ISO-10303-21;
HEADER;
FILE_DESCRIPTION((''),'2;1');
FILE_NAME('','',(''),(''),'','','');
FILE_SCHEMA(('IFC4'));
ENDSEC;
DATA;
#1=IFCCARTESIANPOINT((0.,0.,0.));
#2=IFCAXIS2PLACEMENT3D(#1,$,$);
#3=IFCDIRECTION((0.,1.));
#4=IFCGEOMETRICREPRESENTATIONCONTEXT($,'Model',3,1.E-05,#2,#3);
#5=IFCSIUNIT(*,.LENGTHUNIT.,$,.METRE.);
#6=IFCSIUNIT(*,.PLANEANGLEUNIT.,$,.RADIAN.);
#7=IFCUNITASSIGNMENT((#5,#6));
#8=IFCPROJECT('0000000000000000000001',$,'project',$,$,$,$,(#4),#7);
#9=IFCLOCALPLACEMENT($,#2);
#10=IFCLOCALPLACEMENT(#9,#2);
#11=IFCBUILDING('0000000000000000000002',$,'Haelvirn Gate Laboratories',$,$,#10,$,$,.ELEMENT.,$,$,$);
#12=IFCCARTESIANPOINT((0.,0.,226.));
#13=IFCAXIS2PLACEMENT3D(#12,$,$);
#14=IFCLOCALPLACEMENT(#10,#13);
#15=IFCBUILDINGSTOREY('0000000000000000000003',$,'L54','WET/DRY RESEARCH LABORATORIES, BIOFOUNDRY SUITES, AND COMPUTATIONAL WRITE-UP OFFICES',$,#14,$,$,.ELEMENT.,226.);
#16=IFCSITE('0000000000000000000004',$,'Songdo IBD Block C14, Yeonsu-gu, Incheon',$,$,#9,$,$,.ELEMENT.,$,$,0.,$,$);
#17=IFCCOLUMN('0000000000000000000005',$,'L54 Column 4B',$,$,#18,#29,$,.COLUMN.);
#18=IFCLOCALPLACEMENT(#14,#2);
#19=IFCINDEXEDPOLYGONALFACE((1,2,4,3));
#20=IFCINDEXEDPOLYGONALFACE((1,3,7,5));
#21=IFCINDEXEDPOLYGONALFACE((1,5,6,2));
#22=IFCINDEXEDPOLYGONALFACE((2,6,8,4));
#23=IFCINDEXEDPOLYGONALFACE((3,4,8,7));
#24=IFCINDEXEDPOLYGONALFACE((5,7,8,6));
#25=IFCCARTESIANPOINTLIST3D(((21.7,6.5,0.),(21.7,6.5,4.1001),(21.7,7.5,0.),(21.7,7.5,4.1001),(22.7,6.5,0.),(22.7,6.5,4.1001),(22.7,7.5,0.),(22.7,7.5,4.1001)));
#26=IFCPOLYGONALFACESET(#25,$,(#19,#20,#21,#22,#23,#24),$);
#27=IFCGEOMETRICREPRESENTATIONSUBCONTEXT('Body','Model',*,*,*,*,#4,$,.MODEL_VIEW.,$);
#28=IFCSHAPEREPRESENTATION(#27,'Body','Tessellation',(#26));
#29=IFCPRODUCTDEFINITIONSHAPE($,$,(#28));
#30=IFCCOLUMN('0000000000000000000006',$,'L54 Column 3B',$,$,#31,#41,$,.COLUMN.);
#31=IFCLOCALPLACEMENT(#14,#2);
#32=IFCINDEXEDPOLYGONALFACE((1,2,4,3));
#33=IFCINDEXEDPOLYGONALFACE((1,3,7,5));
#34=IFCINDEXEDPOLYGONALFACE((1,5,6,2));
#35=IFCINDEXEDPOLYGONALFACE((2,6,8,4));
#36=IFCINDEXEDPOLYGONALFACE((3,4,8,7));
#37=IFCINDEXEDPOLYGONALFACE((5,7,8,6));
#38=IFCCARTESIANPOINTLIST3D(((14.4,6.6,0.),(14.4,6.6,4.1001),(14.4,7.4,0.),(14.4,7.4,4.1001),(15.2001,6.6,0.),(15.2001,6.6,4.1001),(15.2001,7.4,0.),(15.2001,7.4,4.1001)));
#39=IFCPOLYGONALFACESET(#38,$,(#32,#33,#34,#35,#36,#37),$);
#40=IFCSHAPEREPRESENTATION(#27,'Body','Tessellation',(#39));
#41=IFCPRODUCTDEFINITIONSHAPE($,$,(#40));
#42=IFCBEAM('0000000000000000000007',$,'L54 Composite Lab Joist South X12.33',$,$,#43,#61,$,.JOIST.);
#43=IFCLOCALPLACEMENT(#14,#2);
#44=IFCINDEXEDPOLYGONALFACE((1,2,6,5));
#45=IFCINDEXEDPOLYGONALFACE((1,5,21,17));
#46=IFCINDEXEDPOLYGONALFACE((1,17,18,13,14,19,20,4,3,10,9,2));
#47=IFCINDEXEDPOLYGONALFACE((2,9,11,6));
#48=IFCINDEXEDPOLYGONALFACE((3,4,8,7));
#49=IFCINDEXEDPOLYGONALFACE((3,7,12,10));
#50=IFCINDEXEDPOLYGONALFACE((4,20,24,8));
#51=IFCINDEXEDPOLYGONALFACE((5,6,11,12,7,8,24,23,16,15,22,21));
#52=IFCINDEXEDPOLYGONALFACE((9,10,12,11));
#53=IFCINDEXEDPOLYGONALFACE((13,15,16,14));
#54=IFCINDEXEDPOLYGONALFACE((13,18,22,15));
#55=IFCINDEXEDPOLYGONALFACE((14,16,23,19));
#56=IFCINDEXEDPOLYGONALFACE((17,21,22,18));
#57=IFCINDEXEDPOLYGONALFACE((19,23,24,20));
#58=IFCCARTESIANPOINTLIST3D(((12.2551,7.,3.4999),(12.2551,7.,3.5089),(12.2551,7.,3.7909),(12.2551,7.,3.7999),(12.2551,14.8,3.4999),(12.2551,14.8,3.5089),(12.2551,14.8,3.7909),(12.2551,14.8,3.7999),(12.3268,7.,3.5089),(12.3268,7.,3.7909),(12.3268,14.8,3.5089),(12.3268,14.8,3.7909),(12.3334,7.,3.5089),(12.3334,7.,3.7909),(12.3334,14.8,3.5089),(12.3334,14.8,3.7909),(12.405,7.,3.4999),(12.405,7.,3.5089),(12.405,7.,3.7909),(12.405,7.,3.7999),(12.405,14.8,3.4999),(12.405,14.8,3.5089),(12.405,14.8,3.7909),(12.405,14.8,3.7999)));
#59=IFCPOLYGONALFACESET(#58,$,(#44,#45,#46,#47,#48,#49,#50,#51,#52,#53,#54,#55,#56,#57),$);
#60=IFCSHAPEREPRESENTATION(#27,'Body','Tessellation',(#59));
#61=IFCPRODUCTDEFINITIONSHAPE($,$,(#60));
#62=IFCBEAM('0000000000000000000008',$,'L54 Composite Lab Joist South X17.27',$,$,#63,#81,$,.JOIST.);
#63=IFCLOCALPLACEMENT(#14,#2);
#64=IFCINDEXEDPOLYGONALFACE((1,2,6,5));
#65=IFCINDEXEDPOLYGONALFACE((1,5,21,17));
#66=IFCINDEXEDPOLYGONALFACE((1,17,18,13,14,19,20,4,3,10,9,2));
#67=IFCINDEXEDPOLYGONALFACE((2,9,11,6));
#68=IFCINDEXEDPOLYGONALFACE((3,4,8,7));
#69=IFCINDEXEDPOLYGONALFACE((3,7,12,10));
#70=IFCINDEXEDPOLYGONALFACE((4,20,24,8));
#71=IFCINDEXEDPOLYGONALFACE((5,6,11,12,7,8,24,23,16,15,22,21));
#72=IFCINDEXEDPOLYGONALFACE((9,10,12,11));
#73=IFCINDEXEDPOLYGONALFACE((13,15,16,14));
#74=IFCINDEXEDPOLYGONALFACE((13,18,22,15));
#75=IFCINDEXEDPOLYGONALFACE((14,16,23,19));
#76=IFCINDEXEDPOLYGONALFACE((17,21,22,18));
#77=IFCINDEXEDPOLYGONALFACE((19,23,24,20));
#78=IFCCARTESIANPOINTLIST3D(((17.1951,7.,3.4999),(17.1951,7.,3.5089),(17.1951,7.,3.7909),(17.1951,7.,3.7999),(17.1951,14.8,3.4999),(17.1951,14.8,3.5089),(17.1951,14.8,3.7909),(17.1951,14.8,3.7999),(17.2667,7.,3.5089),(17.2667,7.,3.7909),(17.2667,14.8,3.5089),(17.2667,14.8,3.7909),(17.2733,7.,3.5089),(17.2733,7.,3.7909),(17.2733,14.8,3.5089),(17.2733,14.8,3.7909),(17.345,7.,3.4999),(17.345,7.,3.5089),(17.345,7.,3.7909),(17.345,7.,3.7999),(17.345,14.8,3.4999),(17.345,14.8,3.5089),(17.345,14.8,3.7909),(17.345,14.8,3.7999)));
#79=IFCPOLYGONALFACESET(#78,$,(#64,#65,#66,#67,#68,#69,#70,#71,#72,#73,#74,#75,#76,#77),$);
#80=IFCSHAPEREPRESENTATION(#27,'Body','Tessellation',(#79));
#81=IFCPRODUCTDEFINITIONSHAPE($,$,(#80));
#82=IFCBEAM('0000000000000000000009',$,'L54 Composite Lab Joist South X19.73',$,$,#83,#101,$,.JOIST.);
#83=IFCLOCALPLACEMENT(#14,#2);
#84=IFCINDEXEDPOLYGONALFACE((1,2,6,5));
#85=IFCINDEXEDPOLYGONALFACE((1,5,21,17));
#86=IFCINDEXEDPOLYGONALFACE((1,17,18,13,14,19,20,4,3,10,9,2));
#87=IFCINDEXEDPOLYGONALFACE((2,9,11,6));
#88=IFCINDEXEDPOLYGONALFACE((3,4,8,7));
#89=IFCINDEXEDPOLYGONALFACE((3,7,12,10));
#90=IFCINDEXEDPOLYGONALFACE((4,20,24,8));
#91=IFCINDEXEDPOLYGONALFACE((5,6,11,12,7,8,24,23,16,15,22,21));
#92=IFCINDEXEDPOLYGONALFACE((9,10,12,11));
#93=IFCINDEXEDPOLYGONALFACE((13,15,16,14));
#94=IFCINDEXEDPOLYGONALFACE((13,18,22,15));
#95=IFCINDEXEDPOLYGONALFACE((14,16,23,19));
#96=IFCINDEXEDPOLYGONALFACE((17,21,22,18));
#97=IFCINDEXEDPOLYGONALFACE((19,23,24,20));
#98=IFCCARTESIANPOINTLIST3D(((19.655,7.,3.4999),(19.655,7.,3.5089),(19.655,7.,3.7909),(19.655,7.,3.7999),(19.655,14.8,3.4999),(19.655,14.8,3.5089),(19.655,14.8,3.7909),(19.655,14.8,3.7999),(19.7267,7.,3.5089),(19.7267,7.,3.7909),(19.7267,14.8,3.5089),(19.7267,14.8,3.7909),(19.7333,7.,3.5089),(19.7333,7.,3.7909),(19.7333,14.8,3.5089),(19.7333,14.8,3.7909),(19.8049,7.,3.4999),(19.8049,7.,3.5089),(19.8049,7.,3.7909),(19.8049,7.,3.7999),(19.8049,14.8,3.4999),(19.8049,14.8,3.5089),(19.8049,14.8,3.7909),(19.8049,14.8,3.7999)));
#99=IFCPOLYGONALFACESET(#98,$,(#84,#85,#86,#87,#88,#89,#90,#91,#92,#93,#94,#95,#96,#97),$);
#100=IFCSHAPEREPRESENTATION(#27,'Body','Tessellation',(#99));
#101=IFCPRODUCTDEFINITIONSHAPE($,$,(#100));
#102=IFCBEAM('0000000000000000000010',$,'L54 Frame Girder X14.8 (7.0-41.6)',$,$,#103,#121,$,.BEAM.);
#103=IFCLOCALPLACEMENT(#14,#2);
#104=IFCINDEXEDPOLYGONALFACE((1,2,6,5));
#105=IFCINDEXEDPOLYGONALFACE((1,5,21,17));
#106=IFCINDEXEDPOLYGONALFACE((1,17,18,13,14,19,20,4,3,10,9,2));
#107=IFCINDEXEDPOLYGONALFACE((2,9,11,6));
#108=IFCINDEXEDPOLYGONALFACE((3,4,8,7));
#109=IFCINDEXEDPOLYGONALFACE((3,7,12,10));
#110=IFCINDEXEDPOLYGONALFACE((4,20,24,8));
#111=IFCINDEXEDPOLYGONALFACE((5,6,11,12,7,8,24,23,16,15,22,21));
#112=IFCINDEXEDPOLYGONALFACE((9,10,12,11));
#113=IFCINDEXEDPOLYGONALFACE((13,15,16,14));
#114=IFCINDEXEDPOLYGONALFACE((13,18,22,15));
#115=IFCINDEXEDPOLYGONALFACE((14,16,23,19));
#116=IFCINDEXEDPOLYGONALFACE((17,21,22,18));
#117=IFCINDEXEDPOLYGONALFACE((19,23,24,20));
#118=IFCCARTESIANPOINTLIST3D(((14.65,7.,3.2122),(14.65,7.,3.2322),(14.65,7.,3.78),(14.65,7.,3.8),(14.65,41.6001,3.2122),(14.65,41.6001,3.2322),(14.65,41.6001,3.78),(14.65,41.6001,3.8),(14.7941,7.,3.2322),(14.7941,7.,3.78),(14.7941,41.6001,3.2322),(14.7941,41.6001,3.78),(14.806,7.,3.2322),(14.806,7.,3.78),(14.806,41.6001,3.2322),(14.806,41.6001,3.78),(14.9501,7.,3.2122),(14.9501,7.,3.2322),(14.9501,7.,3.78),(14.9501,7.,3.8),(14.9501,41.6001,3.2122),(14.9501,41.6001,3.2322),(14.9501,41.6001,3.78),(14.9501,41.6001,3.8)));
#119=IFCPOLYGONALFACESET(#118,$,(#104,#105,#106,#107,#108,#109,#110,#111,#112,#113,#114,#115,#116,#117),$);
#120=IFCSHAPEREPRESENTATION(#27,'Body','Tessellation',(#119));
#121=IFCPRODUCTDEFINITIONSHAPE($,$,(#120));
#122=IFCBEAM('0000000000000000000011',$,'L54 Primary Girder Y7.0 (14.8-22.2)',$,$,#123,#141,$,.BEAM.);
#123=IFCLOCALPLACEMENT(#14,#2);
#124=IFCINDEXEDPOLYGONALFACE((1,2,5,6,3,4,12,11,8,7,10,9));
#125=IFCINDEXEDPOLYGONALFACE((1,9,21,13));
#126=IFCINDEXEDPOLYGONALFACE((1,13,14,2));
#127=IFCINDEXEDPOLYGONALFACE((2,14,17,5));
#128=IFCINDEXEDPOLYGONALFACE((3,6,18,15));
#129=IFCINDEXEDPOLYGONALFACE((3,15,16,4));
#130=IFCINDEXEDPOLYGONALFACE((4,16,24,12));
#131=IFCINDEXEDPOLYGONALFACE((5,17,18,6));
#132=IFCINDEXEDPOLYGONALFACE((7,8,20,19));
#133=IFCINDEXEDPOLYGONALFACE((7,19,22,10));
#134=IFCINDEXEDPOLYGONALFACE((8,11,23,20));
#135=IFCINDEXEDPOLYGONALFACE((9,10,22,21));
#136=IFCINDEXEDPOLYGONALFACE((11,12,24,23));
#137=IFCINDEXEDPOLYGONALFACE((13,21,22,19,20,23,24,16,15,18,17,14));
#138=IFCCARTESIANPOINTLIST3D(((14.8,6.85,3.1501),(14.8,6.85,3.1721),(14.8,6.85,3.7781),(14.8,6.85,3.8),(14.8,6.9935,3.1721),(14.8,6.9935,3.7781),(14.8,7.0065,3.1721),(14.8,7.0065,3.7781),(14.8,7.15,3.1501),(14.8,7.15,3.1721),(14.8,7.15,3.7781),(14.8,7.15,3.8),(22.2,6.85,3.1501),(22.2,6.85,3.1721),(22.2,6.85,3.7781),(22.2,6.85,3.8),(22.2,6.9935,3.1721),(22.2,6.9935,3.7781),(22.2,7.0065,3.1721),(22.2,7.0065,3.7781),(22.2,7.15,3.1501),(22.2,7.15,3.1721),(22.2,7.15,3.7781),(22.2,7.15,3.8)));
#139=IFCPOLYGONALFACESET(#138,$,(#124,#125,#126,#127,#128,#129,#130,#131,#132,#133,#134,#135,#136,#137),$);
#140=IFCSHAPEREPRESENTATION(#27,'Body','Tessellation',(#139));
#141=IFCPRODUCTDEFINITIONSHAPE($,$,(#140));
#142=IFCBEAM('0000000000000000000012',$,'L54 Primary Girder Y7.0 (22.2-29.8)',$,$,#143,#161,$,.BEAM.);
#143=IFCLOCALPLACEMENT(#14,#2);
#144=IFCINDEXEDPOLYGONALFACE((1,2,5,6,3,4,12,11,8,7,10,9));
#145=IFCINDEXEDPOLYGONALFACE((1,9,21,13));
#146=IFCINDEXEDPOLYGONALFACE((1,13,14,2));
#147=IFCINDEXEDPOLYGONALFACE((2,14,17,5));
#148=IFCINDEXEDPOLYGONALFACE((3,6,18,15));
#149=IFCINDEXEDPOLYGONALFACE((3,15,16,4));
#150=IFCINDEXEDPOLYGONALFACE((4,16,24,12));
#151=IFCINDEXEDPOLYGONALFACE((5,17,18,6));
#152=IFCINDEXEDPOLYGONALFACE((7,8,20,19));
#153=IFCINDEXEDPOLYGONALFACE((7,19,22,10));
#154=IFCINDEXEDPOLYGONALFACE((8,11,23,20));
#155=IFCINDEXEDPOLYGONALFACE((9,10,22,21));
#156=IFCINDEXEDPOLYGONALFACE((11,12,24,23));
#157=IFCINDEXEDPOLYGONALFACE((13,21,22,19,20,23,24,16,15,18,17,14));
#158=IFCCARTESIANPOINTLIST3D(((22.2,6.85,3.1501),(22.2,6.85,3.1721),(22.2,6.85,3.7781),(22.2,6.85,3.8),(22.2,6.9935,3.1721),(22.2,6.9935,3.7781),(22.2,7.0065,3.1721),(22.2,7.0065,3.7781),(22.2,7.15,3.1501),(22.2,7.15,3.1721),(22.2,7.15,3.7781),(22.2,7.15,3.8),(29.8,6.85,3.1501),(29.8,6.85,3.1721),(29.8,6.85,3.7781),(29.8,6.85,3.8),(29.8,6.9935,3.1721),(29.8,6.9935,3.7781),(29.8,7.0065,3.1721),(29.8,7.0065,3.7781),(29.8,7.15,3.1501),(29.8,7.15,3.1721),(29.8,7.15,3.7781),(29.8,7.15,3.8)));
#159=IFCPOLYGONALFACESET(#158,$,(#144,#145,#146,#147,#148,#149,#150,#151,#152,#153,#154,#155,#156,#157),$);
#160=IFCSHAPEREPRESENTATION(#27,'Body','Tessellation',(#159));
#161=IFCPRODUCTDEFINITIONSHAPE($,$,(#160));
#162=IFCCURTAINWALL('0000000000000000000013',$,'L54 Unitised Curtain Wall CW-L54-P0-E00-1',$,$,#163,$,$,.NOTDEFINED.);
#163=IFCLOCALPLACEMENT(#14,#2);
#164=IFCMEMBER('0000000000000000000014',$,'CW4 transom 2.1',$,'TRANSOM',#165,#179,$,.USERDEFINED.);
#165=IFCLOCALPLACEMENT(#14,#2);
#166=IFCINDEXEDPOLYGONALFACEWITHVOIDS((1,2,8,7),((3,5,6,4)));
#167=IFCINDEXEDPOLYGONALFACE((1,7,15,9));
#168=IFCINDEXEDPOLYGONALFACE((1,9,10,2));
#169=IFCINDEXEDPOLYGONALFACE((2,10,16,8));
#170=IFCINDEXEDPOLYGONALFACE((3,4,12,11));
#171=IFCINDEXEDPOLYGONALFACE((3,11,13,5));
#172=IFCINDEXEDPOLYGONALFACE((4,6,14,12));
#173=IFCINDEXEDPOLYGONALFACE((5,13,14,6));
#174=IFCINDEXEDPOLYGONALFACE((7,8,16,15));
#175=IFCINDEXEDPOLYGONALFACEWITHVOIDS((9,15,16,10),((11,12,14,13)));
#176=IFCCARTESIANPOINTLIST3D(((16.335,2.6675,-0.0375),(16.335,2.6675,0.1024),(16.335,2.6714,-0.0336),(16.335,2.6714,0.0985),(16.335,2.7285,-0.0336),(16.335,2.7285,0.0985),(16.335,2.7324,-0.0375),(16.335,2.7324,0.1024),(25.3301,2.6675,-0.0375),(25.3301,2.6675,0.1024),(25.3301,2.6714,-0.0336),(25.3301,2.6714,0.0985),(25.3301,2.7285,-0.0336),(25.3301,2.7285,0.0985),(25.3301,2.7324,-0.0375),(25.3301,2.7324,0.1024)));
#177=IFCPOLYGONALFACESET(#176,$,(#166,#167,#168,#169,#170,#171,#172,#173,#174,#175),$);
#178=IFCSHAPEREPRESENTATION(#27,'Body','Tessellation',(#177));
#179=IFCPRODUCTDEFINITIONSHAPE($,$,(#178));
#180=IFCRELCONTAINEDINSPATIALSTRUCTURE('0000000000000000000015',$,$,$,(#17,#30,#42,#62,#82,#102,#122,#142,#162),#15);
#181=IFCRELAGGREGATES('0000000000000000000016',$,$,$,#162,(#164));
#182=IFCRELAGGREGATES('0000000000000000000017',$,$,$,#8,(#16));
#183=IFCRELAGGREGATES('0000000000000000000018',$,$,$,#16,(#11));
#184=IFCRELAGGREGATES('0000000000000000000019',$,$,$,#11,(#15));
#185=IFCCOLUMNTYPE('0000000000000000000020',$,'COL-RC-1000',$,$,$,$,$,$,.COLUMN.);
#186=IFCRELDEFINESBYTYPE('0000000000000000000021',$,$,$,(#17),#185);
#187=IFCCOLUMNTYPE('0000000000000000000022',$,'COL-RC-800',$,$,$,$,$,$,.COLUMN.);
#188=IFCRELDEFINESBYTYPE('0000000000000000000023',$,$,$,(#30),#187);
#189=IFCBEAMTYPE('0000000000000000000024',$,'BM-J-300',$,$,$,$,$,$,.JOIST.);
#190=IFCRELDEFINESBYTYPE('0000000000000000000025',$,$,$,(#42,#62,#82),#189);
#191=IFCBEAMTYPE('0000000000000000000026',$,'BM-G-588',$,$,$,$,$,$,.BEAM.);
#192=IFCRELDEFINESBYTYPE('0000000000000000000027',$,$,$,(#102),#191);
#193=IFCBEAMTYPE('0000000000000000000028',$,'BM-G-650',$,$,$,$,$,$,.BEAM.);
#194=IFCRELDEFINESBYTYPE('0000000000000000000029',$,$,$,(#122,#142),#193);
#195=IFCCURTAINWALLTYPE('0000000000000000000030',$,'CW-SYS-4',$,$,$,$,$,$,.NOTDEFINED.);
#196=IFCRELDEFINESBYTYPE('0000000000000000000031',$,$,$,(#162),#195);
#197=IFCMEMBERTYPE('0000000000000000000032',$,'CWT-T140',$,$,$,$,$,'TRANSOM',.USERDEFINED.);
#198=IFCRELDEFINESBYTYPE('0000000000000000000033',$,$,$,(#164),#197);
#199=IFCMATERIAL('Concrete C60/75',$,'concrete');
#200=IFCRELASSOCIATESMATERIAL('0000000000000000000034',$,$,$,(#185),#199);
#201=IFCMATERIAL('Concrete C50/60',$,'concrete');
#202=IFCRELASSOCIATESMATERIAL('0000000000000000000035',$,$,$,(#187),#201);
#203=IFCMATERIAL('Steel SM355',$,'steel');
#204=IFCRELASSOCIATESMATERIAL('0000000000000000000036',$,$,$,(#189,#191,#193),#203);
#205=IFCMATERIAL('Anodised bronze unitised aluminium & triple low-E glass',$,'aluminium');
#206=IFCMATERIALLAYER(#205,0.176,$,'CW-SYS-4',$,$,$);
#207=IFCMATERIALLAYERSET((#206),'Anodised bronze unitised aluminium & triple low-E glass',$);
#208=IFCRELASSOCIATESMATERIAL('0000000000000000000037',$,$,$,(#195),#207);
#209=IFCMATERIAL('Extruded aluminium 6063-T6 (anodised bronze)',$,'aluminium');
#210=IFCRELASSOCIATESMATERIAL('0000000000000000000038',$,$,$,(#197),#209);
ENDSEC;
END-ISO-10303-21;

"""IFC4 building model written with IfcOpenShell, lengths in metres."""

from ifc_helpers import new_model, si_unit, direction, frame, origin, origin_2d, place, context, subcontext, project, spatial, rectangle, hollow_rectangle, i_section, extrude, source, transform, mapped, material, layer, layer_set, material_profile, profile_set, type_object, type_shapes, element, aggregate, save


model = new_model("IFC4")

# Units and contexts
model_context = context("Model", 3, precision=1e-05, world=origin(), true_north=direction((0.0, 1.0)))
body_context = subcontext(model_context, "Body", "Model", "MODEL_VIEW")
ifc_project = project(units=[si_unit("LENGTHUNIT", "METRE"), si_unit("PLANEANGLEUNIT", "RADIAN")], contexts=[model_context])

# Site, building, storey
site_placement = place(None, origin())
site = spatial("IfcSite", under=ifc_project, at=site_placement, Name="Songdo IBD Block C14, Yeonsu-gu, Incheon", CompositionType="ELEMENT", RefElevation=0.0)
building_placement = place(site_placement, origin())
building = spatial("IfcBuilding", under=site, at=building_placement, Name="Haelvirn Gate Laboratories", CompositionType="ELEMENT")
storey_placement = place(building_placement, frame((0.0, 0.0, 226.0)))
storey = spatial("IfcBuildingStorey", under=building, at=storey_placement, Name="L54", Description="WET/DRY RESEARCH LABORATORIES, BIOFOUNDRY SUITES, AND COMPUTATIONAL WRITE-UP OFFICES", CompositionType="ELEMENT", Elevation=226.0)

# Columns
ifc_material_1 = material(Name="Concrete C60/75", Category="concrete")
ifc_material_profile_1 = material_profile(ifc_material_1, rectangle(XDim=1.0, YDim=1.0, at=origin_2d()), Name="RC-1000x1000")
ifc_profile_set_1 = profile_set([ifc_material_profile_1], Name="Concrete C60/75")
column_type_1 = type_object("IfcColumnType", Name="COL-RC-1000", PredefinedType="COLUMN", material=ifc_profile_set_1)
shared_shape_1 = source(origin(), body_context, "Body", "SweptSolid", [
    extrude(rectangle(XDim=1.0, YDim=1.0, at=origin_2d()), origin(), (0.0, 0.0, 1.0), 4.1001),
])
type_shapes(column_type_1, [shared_shape_1])
column_1_placement = place(storey_placement, frame((22.2, 7.0, 0.0), z_axis=(0.0, 0.0, 1.0), x_axis=(1.0, 0.0, 0.0)))
element("IfcColumn", 1, at=column_1_placement, inside=storey, type_object=column_type_1, Name="L54 Column 4B", PredefinedType="COLUMN", context=body_context, shape_type="MappedRepresentation", body=[
    mapped(shared_shape_1, transform((0.0, 0.0, 0.0), scale=1.0)),
])
ifc_material_2 = material(Name="Concrete C50/60", Category="concrete")
ifc_material_profile_2 = material_profile(ifc_material_2, rectangle(XDim=0.8, YDim=0.8, at=origin_2d()), Name="RC-800x800")
ifc_profile_set_2 = profile_set([ifc_material_profile_2], Name="Concrete C50/60")
column_type_2 = type_object("IfcColumnType", Name="COL-RC-800", PredefinedType="COLUMN", material=ifc_profile_set_2)
shared_shape_2 = source(origin(), body_context, "Body", "SweptSolid", [
    extrude(rectangle(XDim=0.8, YDim=0.8, at=origin_2d()), origin(), (0.0, 0.0, 1.0), 4.1001),
])
type_shapes(column_type_2, [shared_shape_2])
column_2_placement = place(storey_placement, frame((14.8, 7.0, 0.0), z_axis=(0.0, 0.0, 1.0), x_axis=(1.0, 0.0, 0.0)))
element("IfcColumn", 2, at=column_2_placement, inside=storey, type_object=column_type_2, Name="L54 Column 3B", PredefinedType="COLUMN", context=body_context, shape_type="MappedRepresentation", body=[
    mapped(shared_shape_2, transform((0.0, 0.0, 0.0), scale=1.0)),
])

# Beams
ifc_material_3 = material(Name="Steel SM355", Category="steel")
ifc_material_profile_3 = material_profile(ifc_material_3, i_section(OverallWidth=0.1499, OverallDepth=0.3, WebThickness=0.0066, FlangeThickness=0.009, at=origin_2d()), Name="H-300x150x6.5x9")
ifc_profile_set_3 = profile_set([ifc_material_profile_3], Name="Steel SM355")
beam_type_1 = type_object("IfcBeamType", Name="BM-J-300", PredefinedType="JOIST", material=ifc_profile_set_3)
shared_shape_3 = source(origin(), body_context, "Body", "SweptSolid", [
    extrude(i_section(OverallWidth=0.1499, OverallDepth=0.3, WebThickness=0.0066, FlangeThickness=0.009, at=origin_2d()), origin(), (0.0, 0.0, 1.0), 7.8),
])
type_shapes(beam_type_1, [shared_shape_3])
for number, where, z_axis, x_axis, name in (
    (3, (12.3301, 7.0, 3.6499), (0.0, 1.0, 0.0), (-1.0, 0.0, 0.0), "L54 Composite Lab Joist South X12.33"),
    (4, (17.27, 7.0, 3.6499), (0.0, 1.0, 0.0), (-1.0, 0.0, 0.0), "L54 Composite Lab Joist South X17.27"),
    (5, (19.73, 7.0, 3.6499), (0.0, 1.0, 0.0), (-1.0, 0.0, 0.0), "L54 Composite Lab Joist South X19.73"),
):
    element("IfcBeam", number, at=place(storey_placement, frame(where, z_axis=z_axis, x_axis=x_axis)), inside=storey, type_object=beam_type_1, Name=name, PredefinedType="JOIST", context=body_context, shape_type="MappedRepresentation", body=[
        mapped(shared_shape_3, transform((0.0, 0.0, 0.0), scale=1.0)),
    ])
ifc_material_profile_4 = material_profile(ifc_material_3, i_section(OverallWidth=0.3, OverallDepth=0.5879, WebThickness=0.012, FlangeThickness=0.02, at=origin_2d()), Name="H-588x300x12x20")
ifc_profile_set_4 = profile_set([ifc_material_profile_4], Name="Steel SM355")
beam_type_2 = type_object("IfcBeamType", Name="BM-G-588", PredefinedType="BEAM", material=ifc_profile_set_4)
shared_shape_4 = source(origin(), body_context, "Body", "SweptSolid", [
    extrude(i_section(OverallWidth=0.3, OverallDepth=0.5879, WebThickness=0.012, FlangeThickness=0.02, at=origin_2d()), origin(), (0.0, 0.0, 1.0), 34.6001),
])
type_shapes(beam_type_2, [shared_shape_4])
beam_1_placement = place(storey_placement, frame((14.8, 7.0, 3.5061), z_axis=(0.0, 1.0, 0.0), x_axis=(-1.0, 0.0, 0.0)))
element("IfcBeam", 6, at=beam_1_placement, inside=storey, type_object=beam_type_2, Name="L54 Frame Girder X14.8 (7.0-41.6)", PredefinedType="BEAM", context=body_context, shape_type="MappedRepresentation", body=[
    mapped(shared_shape_4, transform((0.0, 0.0, 0.0), scale=1.0)),
])
ifc_material_profile_5 = material_profile(ifc_material_3, i_section(OverallWidth=0.3, OverallDepth=0.6499, WebThickness=0.0129, FlangeThickness=0.022, at=origin_2d()), Name="H-650x300x13x22")
ifc_profile_set_5 = profile_set([ifc_material_profile_5], Name="Steel SM355")
beam_type_3 = type_object("IfcBeamType", Name="BM-G-650", PredefinedType="BEAM", material=ifc_profile_set_5)
shared_shape_5 = source(origin(), body_context, "Body", "SweptSolid", [
    extrude(i_section(OverallWidth=0.3, OverallDepth=0.6499, WebThickness=0.0129, FlangeThickness=0.022, at=origin_2d()), origin(), (0.0, 0.0, 1.0), 7.3999),
])
beam_2_placement = place(storey_placement, frame((14.8, 7.0, 3.4751), z_axis=(1.0, 0.0, 0.0), x_axis=(0.0, 1.0, 0.0)))
element("IfcBeam", 7, at=beam_2_placement, inside=storey, type_object=beam_type_3, Name="L54 Primary Girder Y7.0 (14.8-22.2)", PredefinedType="BEAM", context=body_context, shape_type="MappedRepresentation", body=[
    mapped(shared_shape_5, transform((0.0, 0.0, 0.0), scale=1.0)),
])
shared_shape_6 = source(origin(), body_context, "Body", "SweptSolid", [
    extrude(i_section(OverallWidth=0.3, OverallDepth=0.6499, WebThickness=0.0129, FlangeThickness=0.022, at=origin_2d()), origin(), (0.0, 0.0, 1.0), 7.6001),
])
type_shapes(beam_type_3, [shared_shape_5, shared_shape_6])
beam_3_placement = place(storey_placement, frame((22.2, 7.0, 3.4751), z_axis=(1.0, 0.0, 0.0), x_axis=(0.0, 1.0, 0.0)))
element("IfcBeam", 8, at=beam_3_placement, inside=storey, type_object=beam_type_3, Name="L54 Primary Girder Y7.0 (22.2-29.8)", PredefinedType="BEAM", context=body_context, shape_type="MappedRepresentation", body=[
    mapped(shared_shape_6, transform((0.0, 0.0, 0.0), scale=1.0)),
])

# Curtain wall, member
ifc_material_4 = material(Name="Anodised bronze unitised aluminium & triple low-E glass", Category="aluminium")
ifc_layer_1 = layer(ifc_material_4, 0.176, Name="CW-SYS-4")
ifc_layer_set_1 = layer_set([ifc_layer_1], Name="Anodised bronze unitised aluminium & triple low-E glass")
curtain_wall_type = type_object("IfcCurtainWallType", Name="CW-SYS-4", PredefinedType="NOTDEFINED", material=ifc_layer_set_1)
curtain_wall_placement = place(storey_placement, origin())
curtain_wall = element("IfcCurtainWall", 9, at=curtain_wall_placement, inside=storey, type_object=curtain_wall_type, Name="L54 Unitised Curtain Wall CW-L54-P0-E00-1", PredefinedType="NOTDEFINED")
ifc_material_5 = material(Name="Extruded aluminium 6063-T6 (anodised bronze)", Category="aluminium")
ifc_material_profile_6 = material_profile(ifc_material_5, hollow_rectangle(XDim=0.0649, YDim=0.1399, WallThickness=0.0039, at=origin_2d()), Name="CWT-140x65x4")
ifc_profile_set_6 = profile_set([ifc_material_profile_6], Name="Extruded aluminium 6063-T6 (anodised bronze)")
member_type_1 = type_object("IfcMemberType", Name="CWT-T140", ElementType="TRANSOM", PredefinedType="USERDEFINED", material=ifc_profile_set_6)
shared_shape_7 = source(origin(), body_context, "Body", "SweptSolid", [
    extrude(hollow_rectangle(XDim=0.0649, YDim=0.1399, WallThickness=0.0039, at=origin_2d()), origin(), (0.0, 0.0, 1.0), 8.9951),
])
type_shapes(member_type_1, [shared_shape_7])
member_1_placement = place(storey_placement, frame((16.335, 2.7, 0.0325), z_axis=(1.0, 0.0, 0.0), x_axis=(0.0, 1.0, 0.0)))
member_1 = element("IfcMember", 10, at=member_1_placement, type_object=member_type_1, Name="CW4 transom 2.1", ObjectType="TRANSOM", PredefinedType="USERDEFINED", context=body_context, shape_type="MappedRepresentation", body=[
    mapped(shared_shape_7, transform((0.0, 0.0, 0.0), scale=1.0)),
])
aggregate(curtain_wall, [member_1])

save(model, "model.ifc")
